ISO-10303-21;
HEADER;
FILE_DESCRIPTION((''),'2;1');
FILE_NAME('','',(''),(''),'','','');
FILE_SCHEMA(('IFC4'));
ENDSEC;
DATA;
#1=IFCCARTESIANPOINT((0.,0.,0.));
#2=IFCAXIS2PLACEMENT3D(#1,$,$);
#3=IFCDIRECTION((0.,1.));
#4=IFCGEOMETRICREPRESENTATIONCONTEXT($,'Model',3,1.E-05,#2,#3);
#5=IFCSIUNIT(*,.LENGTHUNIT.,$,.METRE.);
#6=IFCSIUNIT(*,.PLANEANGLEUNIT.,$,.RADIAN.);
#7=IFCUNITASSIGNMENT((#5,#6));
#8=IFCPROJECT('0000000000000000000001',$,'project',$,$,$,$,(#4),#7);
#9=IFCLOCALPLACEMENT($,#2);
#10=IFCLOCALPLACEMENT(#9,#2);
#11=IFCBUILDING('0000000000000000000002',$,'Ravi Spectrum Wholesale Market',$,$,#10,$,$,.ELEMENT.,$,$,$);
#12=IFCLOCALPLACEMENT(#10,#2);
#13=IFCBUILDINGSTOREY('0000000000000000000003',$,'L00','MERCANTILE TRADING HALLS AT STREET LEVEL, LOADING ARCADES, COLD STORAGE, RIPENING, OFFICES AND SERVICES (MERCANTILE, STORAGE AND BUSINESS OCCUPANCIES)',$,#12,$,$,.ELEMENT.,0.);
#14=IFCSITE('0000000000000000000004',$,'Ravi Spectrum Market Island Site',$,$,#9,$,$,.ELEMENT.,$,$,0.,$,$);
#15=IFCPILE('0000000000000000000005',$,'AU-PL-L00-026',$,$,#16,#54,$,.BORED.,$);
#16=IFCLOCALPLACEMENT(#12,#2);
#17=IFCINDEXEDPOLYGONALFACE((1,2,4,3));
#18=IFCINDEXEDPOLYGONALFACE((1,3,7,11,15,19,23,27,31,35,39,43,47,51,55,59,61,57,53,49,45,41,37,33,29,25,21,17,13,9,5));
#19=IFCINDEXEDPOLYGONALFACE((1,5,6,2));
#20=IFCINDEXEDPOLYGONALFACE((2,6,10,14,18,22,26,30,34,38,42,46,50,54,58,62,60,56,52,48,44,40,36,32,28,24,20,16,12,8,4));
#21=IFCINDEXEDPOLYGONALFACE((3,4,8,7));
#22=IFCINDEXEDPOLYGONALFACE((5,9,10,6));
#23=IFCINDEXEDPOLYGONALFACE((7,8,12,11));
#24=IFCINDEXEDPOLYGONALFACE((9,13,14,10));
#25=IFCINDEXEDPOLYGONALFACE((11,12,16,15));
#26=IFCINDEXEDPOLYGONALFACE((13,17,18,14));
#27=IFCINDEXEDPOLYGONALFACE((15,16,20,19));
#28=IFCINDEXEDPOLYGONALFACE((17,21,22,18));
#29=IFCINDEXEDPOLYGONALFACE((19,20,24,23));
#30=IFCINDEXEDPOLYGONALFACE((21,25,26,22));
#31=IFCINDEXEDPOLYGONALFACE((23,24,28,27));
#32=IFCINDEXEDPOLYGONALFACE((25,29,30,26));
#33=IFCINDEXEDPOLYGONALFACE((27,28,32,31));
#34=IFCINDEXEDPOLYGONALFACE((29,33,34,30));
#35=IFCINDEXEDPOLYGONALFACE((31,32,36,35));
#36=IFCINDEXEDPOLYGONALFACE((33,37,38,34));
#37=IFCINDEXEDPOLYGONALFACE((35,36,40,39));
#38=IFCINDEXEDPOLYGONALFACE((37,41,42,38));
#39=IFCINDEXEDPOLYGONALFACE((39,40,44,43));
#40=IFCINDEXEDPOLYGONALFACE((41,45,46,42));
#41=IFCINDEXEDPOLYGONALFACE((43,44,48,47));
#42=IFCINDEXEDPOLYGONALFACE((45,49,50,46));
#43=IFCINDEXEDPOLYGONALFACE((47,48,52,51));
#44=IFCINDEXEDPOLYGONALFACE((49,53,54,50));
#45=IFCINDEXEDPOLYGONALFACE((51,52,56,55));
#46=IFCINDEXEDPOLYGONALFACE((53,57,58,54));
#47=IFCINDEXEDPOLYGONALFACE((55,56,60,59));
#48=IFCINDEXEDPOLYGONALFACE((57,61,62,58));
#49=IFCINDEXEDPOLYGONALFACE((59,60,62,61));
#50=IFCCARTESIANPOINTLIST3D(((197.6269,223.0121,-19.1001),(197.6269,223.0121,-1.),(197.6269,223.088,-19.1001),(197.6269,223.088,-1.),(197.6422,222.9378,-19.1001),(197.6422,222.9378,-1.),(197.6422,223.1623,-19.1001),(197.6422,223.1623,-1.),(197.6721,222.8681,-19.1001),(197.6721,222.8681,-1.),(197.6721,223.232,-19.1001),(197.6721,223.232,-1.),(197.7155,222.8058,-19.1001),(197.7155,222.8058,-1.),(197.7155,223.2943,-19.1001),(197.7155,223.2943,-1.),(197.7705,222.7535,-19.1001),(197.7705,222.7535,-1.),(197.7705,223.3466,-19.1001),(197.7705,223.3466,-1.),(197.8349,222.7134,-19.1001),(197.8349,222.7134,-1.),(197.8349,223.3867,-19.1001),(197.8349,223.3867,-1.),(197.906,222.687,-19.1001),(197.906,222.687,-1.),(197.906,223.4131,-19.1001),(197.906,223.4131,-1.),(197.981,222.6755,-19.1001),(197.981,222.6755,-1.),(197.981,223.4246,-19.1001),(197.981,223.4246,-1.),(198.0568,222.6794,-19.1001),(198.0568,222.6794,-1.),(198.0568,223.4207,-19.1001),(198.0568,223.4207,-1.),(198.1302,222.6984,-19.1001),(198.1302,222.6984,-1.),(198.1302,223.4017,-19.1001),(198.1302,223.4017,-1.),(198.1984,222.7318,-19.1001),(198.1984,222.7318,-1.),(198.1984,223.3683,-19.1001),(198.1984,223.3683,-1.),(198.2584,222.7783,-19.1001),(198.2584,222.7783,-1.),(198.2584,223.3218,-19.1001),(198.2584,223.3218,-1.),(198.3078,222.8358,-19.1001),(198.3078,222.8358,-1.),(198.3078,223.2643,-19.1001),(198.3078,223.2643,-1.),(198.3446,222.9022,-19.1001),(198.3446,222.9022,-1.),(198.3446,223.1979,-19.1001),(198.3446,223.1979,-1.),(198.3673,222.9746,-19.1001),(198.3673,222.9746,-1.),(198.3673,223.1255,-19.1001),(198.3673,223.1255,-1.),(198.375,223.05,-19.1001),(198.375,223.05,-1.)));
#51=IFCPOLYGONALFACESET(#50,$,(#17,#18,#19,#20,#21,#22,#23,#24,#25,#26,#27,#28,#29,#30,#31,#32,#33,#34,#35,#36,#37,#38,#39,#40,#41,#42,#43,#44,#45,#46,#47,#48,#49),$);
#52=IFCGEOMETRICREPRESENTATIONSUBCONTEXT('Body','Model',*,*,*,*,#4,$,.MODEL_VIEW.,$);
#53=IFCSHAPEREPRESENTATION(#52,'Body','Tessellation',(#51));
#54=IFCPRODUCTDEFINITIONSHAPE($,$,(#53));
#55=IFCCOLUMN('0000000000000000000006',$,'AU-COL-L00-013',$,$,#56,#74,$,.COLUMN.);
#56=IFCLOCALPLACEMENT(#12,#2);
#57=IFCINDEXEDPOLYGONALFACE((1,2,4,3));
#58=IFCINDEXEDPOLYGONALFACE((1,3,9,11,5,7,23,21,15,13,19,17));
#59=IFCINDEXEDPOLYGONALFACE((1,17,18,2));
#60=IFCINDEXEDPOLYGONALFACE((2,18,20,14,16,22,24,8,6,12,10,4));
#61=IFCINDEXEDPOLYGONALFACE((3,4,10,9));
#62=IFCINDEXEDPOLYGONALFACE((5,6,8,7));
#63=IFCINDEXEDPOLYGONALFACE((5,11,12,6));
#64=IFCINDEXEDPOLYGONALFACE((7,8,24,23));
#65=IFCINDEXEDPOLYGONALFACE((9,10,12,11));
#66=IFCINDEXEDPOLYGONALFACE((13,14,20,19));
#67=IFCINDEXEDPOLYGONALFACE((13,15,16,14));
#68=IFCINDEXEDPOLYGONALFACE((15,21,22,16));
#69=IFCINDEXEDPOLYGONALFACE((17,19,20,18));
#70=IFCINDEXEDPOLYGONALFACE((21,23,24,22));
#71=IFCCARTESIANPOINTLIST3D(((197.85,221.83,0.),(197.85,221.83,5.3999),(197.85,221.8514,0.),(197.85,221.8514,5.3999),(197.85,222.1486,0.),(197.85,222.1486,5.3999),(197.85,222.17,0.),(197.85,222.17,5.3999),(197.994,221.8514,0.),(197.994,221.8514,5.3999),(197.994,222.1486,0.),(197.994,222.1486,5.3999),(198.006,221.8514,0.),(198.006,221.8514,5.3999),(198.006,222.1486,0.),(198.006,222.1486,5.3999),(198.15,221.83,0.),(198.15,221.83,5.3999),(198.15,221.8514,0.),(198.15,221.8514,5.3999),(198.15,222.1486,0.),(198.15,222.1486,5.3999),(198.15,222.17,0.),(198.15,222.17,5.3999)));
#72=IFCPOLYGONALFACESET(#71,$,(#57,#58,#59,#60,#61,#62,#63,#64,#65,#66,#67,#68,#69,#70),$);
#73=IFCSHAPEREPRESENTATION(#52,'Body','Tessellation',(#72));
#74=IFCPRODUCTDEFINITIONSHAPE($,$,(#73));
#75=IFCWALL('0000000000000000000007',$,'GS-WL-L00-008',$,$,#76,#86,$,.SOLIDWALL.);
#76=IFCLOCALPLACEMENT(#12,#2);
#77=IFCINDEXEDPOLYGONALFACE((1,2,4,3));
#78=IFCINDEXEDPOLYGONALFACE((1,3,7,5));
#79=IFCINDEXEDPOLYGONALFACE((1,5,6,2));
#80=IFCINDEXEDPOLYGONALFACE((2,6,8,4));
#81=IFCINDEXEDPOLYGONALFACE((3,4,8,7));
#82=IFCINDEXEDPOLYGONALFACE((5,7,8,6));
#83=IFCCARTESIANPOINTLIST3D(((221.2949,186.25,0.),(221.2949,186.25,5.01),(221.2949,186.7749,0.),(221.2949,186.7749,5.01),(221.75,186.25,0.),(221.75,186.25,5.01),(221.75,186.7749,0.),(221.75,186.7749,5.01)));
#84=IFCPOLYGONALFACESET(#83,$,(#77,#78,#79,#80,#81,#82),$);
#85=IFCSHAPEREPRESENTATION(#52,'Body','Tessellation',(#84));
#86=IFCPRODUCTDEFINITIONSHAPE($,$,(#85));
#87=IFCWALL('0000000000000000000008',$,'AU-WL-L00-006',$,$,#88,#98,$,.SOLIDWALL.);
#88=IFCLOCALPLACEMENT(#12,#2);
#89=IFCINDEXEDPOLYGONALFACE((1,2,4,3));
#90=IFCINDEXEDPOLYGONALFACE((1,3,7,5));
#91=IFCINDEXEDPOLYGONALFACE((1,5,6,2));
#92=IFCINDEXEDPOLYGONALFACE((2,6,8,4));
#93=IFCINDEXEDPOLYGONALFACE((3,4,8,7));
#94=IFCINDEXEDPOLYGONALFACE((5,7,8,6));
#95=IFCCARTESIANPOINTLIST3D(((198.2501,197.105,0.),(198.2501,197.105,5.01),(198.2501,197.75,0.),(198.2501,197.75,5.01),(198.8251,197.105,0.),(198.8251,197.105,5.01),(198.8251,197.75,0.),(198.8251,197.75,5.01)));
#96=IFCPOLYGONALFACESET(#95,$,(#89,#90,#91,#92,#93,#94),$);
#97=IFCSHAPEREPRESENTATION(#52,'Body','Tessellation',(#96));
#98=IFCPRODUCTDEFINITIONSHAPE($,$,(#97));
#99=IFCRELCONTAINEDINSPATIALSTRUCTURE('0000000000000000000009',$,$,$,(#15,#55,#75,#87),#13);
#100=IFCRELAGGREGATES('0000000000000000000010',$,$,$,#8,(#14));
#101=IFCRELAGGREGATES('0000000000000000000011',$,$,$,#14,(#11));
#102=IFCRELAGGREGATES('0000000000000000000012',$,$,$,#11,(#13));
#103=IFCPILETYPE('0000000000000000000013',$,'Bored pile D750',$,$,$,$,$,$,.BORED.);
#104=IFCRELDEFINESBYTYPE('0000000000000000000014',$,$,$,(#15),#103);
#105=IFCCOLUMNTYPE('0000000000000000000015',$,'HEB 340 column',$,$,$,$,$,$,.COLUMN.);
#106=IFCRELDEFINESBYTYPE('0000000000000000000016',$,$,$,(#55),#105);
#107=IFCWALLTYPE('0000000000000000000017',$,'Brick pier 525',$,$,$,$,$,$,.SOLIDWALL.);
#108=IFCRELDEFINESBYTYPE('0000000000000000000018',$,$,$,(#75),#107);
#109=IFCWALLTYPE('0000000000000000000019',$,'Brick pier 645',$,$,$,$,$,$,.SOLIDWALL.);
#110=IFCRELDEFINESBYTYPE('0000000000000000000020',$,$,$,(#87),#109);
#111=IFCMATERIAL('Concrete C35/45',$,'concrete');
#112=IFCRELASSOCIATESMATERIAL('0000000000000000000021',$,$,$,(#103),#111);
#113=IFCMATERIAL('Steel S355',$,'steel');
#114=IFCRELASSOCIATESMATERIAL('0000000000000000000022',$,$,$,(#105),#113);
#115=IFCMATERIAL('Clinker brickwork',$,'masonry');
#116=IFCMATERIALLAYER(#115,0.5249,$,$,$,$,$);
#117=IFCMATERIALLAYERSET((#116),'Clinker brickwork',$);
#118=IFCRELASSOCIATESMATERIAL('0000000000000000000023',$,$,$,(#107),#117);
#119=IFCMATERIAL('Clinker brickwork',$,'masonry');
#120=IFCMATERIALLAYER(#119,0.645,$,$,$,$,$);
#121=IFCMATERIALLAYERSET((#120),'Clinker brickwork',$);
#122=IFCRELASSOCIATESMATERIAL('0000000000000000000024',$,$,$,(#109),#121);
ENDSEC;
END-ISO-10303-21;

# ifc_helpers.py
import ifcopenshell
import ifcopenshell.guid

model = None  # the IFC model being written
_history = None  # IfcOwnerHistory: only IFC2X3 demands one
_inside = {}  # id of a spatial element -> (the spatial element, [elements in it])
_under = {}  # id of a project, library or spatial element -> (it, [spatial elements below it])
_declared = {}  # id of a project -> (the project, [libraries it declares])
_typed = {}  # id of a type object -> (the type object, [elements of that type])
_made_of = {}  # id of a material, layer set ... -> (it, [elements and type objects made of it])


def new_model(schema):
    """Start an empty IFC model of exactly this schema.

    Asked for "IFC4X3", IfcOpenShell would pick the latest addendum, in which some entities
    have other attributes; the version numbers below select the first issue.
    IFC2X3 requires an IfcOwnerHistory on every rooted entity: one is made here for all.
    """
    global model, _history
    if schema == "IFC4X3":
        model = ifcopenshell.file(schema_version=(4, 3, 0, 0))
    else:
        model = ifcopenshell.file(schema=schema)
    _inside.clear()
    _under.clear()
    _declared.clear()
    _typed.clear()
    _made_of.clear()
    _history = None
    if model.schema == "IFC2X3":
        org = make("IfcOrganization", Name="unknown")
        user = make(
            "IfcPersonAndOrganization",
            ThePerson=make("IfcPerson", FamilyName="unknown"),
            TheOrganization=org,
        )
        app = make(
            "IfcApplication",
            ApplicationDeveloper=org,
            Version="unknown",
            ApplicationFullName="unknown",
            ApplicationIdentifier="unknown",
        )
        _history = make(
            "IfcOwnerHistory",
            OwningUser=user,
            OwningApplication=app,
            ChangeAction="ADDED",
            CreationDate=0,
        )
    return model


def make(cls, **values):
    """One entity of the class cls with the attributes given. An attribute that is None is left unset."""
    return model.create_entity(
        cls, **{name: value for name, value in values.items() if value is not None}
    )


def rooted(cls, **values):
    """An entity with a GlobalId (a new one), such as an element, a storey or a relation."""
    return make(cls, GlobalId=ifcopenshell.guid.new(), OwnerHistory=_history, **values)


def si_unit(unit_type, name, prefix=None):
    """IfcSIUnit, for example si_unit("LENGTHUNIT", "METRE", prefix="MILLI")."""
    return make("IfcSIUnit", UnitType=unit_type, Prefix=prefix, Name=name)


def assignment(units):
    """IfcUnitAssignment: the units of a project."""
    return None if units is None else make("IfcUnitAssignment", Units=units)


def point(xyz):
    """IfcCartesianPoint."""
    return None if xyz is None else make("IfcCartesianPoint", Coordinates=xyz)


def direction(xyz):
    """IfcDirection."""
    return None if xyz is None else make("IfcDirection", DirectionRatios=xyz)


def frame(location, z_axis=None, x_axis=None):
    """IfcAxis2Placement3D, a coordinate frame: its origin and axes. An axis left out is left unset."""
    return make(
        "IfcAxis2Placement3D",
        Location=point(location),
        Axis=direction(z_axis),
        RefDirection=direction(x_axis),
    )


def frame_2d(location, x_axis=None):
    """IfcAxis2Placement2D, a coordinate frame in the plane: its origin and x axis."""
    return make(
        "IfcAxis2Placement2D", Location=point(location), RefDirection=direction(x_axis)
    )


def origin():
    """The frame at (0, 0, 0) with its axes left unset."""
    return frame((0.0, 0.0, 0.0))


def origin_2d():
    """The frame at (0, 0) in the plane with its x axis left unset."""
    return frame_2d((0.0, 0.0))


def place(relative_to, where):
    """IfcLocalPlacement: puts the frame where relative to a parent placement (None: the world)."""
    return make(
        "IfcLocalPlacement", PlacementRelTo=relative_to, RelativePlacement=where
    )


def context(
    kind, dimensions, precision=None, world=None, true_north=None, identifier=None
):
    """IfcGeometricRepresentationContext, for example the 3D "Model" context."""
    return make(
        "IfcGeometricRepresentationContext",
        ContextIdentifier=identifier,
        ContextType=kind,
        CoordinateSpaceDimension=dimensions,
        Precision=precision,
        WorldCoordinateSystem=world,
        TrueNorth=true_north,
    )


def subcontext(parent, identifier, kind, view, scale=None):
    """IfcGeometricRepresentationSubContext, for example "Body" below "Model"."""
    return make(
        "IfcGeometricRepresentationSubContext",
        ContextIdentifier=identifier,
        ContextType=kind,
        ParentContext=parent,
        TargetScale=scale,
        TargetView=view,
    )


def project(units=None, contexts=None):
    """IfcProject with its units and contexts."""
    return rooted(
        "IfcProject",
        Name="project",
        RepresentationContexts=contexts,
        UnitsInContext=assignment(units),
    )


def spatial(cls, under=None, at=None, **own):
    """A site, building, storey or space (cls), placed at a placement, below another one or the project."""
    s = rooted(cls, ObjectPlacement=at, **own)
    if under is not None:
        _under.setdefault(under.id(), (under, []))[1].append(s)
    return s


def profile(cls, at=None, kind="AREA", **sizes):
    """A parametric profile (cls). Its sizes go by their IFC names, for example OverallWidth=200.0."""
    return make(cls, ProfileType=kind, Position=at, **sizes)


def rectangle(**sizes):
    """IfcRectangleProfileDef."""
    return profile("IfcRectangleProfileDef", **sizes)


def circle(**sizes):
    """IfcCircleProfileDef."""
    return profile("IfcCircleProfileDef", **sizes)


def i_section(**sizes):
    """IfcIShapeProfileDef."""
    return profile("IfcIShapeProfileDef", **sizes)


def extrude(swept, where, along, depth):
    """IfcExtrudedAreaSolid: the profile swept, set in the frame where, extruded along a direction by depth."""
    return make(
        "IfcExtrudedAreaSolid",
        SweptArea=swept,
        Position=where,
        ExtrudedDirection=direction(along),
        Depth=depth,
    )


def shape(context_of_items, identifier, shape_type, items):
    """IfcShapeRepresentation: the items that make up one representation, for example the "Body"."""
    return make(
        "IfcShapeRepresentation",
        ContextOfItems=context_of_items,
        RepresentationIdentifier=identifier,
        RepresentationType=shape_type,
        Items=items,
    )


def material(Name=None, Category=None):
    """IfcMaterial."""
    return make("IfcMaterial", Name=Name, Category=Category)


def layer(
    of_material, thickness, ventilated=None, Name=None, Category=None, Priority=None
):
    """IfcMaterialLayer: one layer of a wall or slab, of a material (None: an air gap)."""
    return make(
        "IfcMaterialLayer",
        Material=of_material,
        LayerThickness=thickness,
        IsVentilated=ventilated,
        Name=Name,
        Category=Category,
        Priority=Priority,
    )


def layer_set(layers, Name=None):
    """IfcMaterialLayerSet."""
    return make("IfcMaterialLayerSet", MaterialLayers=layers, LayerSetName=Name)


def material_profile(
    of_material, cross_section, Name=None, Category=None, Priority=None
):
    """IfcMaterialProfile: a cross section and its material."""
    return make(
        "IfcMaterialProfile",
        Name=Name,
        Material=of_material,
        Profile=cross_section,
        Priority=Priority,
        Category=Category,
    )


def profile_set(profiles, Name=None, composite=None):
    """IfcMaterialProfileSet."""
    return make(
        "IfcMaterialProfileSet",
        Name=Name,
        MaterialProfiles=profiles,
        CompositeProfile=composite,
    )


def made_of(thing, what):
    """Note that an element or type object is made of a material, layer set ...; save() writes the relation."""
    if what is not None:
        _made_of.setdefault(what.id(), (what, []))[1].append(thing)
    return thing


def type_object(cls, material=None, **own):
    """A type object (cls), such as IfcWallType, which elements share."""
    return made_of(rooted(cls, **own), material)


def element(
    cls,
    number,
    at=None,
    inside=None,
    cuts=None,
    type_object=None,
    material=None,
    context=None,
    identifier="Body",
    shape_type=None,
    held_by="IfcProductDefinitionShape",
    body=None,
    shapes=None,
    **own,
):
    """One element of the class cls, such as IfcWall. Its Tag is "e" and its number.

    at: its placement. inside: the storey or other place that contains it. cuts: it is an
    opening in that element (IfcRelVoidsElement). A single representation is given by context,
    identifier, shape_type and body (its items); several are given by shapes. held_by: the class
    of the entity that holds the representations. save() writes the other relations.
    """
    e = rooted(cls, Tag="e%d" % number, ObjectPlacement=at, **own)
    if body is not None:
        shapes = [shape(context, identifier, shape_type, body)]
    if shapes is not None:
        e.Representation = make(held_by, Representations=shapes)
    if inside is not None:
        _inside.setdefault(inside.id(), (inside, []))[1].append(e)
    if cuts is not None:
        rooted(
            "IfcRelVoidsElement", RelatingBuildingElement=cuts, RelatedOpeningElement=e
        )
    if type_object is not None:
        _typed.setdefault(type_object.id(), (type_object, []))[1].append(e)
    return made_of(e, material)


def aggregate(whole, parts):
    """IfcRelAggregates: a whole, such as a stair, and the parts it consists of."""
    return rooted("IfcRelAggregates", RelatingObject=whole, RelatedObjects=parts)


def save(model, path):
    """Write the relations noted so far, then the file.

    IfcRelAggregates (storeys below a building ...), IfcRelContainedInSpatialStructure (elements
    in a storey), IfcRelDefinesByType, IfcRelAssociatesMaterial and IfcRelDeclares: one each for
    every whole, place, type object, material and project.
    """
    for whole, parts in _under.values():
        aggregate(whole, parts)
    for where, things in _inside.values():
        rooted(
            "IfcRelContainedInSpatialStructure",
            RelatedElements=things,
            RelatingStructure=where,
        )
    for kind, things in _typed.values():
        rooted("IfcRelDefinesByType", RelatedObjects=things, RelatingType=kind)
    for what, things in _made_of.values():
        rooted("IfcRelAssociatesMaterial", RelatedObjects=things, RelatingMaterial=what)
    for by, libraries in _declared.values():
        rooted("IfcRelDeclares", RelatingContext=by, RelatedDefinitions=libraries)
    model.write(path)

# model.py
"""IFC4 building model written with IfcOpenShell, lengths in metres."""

from ifc_helpers import new_model, si_unit, direction, frame, frame_2d, origin, origin_2d, place, context, subcontext, project, spatial, rectangle, circle, i_section, extrude, material, layer, layer_set, material_profile, profile_set, type_object, element, save


model = new_model("IFC4")

# Units and contexts
model_context = context("Model", 3, precision=1e-05, world=origin(), true_north=direction((0.0, 1.0)))
body_context = subcontext(model_context, "Body", "Model", "MODEL_VIEW")
ifc_project = project(units=[si_unit("LENGTHUNIT", "METRE"), si_unit("PLANEANGLEUNIT", "RADIAN")], contexts=[model_context])

# Site, building, storey
site_placement = place(None, origin())
site = spatial("IfcSite", under=ifc_project, at=site_placement, Name="Ravi Spectrum Market Island Site", CompositionType="ELEMENT", RefElevation=0.0)
building_placement = place(site_placement, origin())
building = spatial("IfcBuilding", under=site, at=building_placement, Name="Ravi Spectrum Wholesale Market", CompositionType="ELEMENT")
storey_placement = place(building_placement, origin())
storey = spatial("IfcBuildingStorey", under=building, at=storey_placement, Name="L00", Description="MERCANTILE TRADING HALLS AT STREET LEVEL, LOADING ARCADES, COLD STORAGE, RIPENING, OFFICES AND SERVICES (MERCANTILE, STORAGE AND BUSINESS OCCUPANCIES)", CompositionType="ELEMENT", Elevation=0.0)

# Pile
ifc_material_1 = material(Name="Concrete C35/45", Category="concrete")
ifc_material_profile_1 = material_profile(ifc_material_1, circle(Radius=0.375, at=origin_2d()))
ifc_profile_set_1 = profile_set([ifc_material_profile_1], Name="Concrete C35/45")
pile_type = type_object("IfcPileType", Name="Bored pile D750", PredefinedType="BORED", material=ifc_profile_set_1)
pile_placement = place(storey_placement, frame((198.0, 223.05, -1.0), z_axis=(0.0, 0.0, -1.0), x_axis=(1.0, 0.0, 0.0)))
element("IfcPile", 1, at=pile_placement, inside=storey, type_object=pile_type, Name="AU-PL-L00-026", PredefinedType="BORED", context=body_context, shape_type="SweptSolid", body=[
    extrude(circle(Radius=0.375, at=origin_2d()), origin(), (0.0, 0.0, 1.0), 18.1001),
])

# Column
ifc_material_2 = material(Name="Steel S355", Category="steel")
ifc_material_profile_2 = material_profile(ifc_material_2, i_section(OverallWidth=0.3, OverallDepth=0.3401, WebThickness=0.012, FlangeThickness=0.0215, at=origin_2d()))
ifc_profile_set_2 = profile_set([ifc_material_profile_2], Name="Steel S355")
column_type = type_object("IfcColumnType", Name="HEB 340 column", PredefinedType="COLUMN", material=ifc_profile_set_2)
column_placement = place(storey_placement, frame((198.0, 222.0, 0.0), z_axis=(0.0, 0.0, 1.0), x_axis=(1.0, 0.0, 0.0)))
element("IfcColumn", 2, at=column_placement, inside=storey, type_object=column_type, Name="AU-COL-L00-013", PredefinedType="COLUMN", context=body_context, shape_type="SweptSolid", body=[
    extrude(i_section(OverallWidth=0.3, OverallDepth=0.3401, WebThickness=0.012, FlangeThickness=0.0215, at=origin_2d()), origin(), (0.0, 0.0, 1.0), 5.3999),
])

# Walls
ifc_material_3 = material(Name="Clinker brickwork", Category="masonry")
ifc_layer_1 = layer(ifc_material_3, 0.5249)
ifc_layer_set_1 = layer_set([ifc_layer_1], Name="Clinker brickwork")
wall_type_1 = type_object("IfcWallType", Name="Brick pier 525", PredefinedType="SOLIDWALL", material=ifc_layer_set_1)
wall_1_placement = place(storey_placement, frame((221.75, 186.5125, 0.0), z_axis=(0.0, 0.0, 1.0), x_axis=(-1.0, 0.0, 0.0)))
element("IfcWall", 3, at=wall_1_placement, inside=storey, type_object=wall_type_1, Name="GS-WL-L00-008", PredefinedType="SOLIDWALL", context=body_context, shape_type="SweptSolid", body=[
    extrude(rectangle(XDim=0.4551, YDim=0.5249, at=frame_2d((0.2275, 0.0))), origin(), (0.0, 0.0, 1.0), 5.01),
])
ifc_material_4 = material(Name="Clinker brickwork", Category="masonry")
ifc_layer_2 = layer(ifc_material_4, 0.645)
ifc_layer_set_2 = layer_set([ifc_layer_2], Name="Clinker brickwork")
wall_type_2 = type_object("IfcWallType", Name="Brick pier 645", PredefinedType="SOLIDWALL", material=ifc_layer_set_2)
wall_2_placement = place(storey_placement, frame((198.25, 197.4275, 0.0), z_axis=(0.0, 0.0, 1.0), x_axis=(1.0, 0.0, 0.0)))
element("IfcWall", 4, at=wall_2_placement, inside=storey, type_object=wall_type_2, Name="AU-WL-L00-006", PredefinedType="SOLIDWALL", context=body_context, shape_type="SweptSolid", body=[
    extrude(rectangle(XDim=0.575, YDim=0.645, at=frame_2d((0.2876, 0.0))), origin(), (0.0, 0.0, 1.0), 5.01),
])

save(model, "model.ifc")
